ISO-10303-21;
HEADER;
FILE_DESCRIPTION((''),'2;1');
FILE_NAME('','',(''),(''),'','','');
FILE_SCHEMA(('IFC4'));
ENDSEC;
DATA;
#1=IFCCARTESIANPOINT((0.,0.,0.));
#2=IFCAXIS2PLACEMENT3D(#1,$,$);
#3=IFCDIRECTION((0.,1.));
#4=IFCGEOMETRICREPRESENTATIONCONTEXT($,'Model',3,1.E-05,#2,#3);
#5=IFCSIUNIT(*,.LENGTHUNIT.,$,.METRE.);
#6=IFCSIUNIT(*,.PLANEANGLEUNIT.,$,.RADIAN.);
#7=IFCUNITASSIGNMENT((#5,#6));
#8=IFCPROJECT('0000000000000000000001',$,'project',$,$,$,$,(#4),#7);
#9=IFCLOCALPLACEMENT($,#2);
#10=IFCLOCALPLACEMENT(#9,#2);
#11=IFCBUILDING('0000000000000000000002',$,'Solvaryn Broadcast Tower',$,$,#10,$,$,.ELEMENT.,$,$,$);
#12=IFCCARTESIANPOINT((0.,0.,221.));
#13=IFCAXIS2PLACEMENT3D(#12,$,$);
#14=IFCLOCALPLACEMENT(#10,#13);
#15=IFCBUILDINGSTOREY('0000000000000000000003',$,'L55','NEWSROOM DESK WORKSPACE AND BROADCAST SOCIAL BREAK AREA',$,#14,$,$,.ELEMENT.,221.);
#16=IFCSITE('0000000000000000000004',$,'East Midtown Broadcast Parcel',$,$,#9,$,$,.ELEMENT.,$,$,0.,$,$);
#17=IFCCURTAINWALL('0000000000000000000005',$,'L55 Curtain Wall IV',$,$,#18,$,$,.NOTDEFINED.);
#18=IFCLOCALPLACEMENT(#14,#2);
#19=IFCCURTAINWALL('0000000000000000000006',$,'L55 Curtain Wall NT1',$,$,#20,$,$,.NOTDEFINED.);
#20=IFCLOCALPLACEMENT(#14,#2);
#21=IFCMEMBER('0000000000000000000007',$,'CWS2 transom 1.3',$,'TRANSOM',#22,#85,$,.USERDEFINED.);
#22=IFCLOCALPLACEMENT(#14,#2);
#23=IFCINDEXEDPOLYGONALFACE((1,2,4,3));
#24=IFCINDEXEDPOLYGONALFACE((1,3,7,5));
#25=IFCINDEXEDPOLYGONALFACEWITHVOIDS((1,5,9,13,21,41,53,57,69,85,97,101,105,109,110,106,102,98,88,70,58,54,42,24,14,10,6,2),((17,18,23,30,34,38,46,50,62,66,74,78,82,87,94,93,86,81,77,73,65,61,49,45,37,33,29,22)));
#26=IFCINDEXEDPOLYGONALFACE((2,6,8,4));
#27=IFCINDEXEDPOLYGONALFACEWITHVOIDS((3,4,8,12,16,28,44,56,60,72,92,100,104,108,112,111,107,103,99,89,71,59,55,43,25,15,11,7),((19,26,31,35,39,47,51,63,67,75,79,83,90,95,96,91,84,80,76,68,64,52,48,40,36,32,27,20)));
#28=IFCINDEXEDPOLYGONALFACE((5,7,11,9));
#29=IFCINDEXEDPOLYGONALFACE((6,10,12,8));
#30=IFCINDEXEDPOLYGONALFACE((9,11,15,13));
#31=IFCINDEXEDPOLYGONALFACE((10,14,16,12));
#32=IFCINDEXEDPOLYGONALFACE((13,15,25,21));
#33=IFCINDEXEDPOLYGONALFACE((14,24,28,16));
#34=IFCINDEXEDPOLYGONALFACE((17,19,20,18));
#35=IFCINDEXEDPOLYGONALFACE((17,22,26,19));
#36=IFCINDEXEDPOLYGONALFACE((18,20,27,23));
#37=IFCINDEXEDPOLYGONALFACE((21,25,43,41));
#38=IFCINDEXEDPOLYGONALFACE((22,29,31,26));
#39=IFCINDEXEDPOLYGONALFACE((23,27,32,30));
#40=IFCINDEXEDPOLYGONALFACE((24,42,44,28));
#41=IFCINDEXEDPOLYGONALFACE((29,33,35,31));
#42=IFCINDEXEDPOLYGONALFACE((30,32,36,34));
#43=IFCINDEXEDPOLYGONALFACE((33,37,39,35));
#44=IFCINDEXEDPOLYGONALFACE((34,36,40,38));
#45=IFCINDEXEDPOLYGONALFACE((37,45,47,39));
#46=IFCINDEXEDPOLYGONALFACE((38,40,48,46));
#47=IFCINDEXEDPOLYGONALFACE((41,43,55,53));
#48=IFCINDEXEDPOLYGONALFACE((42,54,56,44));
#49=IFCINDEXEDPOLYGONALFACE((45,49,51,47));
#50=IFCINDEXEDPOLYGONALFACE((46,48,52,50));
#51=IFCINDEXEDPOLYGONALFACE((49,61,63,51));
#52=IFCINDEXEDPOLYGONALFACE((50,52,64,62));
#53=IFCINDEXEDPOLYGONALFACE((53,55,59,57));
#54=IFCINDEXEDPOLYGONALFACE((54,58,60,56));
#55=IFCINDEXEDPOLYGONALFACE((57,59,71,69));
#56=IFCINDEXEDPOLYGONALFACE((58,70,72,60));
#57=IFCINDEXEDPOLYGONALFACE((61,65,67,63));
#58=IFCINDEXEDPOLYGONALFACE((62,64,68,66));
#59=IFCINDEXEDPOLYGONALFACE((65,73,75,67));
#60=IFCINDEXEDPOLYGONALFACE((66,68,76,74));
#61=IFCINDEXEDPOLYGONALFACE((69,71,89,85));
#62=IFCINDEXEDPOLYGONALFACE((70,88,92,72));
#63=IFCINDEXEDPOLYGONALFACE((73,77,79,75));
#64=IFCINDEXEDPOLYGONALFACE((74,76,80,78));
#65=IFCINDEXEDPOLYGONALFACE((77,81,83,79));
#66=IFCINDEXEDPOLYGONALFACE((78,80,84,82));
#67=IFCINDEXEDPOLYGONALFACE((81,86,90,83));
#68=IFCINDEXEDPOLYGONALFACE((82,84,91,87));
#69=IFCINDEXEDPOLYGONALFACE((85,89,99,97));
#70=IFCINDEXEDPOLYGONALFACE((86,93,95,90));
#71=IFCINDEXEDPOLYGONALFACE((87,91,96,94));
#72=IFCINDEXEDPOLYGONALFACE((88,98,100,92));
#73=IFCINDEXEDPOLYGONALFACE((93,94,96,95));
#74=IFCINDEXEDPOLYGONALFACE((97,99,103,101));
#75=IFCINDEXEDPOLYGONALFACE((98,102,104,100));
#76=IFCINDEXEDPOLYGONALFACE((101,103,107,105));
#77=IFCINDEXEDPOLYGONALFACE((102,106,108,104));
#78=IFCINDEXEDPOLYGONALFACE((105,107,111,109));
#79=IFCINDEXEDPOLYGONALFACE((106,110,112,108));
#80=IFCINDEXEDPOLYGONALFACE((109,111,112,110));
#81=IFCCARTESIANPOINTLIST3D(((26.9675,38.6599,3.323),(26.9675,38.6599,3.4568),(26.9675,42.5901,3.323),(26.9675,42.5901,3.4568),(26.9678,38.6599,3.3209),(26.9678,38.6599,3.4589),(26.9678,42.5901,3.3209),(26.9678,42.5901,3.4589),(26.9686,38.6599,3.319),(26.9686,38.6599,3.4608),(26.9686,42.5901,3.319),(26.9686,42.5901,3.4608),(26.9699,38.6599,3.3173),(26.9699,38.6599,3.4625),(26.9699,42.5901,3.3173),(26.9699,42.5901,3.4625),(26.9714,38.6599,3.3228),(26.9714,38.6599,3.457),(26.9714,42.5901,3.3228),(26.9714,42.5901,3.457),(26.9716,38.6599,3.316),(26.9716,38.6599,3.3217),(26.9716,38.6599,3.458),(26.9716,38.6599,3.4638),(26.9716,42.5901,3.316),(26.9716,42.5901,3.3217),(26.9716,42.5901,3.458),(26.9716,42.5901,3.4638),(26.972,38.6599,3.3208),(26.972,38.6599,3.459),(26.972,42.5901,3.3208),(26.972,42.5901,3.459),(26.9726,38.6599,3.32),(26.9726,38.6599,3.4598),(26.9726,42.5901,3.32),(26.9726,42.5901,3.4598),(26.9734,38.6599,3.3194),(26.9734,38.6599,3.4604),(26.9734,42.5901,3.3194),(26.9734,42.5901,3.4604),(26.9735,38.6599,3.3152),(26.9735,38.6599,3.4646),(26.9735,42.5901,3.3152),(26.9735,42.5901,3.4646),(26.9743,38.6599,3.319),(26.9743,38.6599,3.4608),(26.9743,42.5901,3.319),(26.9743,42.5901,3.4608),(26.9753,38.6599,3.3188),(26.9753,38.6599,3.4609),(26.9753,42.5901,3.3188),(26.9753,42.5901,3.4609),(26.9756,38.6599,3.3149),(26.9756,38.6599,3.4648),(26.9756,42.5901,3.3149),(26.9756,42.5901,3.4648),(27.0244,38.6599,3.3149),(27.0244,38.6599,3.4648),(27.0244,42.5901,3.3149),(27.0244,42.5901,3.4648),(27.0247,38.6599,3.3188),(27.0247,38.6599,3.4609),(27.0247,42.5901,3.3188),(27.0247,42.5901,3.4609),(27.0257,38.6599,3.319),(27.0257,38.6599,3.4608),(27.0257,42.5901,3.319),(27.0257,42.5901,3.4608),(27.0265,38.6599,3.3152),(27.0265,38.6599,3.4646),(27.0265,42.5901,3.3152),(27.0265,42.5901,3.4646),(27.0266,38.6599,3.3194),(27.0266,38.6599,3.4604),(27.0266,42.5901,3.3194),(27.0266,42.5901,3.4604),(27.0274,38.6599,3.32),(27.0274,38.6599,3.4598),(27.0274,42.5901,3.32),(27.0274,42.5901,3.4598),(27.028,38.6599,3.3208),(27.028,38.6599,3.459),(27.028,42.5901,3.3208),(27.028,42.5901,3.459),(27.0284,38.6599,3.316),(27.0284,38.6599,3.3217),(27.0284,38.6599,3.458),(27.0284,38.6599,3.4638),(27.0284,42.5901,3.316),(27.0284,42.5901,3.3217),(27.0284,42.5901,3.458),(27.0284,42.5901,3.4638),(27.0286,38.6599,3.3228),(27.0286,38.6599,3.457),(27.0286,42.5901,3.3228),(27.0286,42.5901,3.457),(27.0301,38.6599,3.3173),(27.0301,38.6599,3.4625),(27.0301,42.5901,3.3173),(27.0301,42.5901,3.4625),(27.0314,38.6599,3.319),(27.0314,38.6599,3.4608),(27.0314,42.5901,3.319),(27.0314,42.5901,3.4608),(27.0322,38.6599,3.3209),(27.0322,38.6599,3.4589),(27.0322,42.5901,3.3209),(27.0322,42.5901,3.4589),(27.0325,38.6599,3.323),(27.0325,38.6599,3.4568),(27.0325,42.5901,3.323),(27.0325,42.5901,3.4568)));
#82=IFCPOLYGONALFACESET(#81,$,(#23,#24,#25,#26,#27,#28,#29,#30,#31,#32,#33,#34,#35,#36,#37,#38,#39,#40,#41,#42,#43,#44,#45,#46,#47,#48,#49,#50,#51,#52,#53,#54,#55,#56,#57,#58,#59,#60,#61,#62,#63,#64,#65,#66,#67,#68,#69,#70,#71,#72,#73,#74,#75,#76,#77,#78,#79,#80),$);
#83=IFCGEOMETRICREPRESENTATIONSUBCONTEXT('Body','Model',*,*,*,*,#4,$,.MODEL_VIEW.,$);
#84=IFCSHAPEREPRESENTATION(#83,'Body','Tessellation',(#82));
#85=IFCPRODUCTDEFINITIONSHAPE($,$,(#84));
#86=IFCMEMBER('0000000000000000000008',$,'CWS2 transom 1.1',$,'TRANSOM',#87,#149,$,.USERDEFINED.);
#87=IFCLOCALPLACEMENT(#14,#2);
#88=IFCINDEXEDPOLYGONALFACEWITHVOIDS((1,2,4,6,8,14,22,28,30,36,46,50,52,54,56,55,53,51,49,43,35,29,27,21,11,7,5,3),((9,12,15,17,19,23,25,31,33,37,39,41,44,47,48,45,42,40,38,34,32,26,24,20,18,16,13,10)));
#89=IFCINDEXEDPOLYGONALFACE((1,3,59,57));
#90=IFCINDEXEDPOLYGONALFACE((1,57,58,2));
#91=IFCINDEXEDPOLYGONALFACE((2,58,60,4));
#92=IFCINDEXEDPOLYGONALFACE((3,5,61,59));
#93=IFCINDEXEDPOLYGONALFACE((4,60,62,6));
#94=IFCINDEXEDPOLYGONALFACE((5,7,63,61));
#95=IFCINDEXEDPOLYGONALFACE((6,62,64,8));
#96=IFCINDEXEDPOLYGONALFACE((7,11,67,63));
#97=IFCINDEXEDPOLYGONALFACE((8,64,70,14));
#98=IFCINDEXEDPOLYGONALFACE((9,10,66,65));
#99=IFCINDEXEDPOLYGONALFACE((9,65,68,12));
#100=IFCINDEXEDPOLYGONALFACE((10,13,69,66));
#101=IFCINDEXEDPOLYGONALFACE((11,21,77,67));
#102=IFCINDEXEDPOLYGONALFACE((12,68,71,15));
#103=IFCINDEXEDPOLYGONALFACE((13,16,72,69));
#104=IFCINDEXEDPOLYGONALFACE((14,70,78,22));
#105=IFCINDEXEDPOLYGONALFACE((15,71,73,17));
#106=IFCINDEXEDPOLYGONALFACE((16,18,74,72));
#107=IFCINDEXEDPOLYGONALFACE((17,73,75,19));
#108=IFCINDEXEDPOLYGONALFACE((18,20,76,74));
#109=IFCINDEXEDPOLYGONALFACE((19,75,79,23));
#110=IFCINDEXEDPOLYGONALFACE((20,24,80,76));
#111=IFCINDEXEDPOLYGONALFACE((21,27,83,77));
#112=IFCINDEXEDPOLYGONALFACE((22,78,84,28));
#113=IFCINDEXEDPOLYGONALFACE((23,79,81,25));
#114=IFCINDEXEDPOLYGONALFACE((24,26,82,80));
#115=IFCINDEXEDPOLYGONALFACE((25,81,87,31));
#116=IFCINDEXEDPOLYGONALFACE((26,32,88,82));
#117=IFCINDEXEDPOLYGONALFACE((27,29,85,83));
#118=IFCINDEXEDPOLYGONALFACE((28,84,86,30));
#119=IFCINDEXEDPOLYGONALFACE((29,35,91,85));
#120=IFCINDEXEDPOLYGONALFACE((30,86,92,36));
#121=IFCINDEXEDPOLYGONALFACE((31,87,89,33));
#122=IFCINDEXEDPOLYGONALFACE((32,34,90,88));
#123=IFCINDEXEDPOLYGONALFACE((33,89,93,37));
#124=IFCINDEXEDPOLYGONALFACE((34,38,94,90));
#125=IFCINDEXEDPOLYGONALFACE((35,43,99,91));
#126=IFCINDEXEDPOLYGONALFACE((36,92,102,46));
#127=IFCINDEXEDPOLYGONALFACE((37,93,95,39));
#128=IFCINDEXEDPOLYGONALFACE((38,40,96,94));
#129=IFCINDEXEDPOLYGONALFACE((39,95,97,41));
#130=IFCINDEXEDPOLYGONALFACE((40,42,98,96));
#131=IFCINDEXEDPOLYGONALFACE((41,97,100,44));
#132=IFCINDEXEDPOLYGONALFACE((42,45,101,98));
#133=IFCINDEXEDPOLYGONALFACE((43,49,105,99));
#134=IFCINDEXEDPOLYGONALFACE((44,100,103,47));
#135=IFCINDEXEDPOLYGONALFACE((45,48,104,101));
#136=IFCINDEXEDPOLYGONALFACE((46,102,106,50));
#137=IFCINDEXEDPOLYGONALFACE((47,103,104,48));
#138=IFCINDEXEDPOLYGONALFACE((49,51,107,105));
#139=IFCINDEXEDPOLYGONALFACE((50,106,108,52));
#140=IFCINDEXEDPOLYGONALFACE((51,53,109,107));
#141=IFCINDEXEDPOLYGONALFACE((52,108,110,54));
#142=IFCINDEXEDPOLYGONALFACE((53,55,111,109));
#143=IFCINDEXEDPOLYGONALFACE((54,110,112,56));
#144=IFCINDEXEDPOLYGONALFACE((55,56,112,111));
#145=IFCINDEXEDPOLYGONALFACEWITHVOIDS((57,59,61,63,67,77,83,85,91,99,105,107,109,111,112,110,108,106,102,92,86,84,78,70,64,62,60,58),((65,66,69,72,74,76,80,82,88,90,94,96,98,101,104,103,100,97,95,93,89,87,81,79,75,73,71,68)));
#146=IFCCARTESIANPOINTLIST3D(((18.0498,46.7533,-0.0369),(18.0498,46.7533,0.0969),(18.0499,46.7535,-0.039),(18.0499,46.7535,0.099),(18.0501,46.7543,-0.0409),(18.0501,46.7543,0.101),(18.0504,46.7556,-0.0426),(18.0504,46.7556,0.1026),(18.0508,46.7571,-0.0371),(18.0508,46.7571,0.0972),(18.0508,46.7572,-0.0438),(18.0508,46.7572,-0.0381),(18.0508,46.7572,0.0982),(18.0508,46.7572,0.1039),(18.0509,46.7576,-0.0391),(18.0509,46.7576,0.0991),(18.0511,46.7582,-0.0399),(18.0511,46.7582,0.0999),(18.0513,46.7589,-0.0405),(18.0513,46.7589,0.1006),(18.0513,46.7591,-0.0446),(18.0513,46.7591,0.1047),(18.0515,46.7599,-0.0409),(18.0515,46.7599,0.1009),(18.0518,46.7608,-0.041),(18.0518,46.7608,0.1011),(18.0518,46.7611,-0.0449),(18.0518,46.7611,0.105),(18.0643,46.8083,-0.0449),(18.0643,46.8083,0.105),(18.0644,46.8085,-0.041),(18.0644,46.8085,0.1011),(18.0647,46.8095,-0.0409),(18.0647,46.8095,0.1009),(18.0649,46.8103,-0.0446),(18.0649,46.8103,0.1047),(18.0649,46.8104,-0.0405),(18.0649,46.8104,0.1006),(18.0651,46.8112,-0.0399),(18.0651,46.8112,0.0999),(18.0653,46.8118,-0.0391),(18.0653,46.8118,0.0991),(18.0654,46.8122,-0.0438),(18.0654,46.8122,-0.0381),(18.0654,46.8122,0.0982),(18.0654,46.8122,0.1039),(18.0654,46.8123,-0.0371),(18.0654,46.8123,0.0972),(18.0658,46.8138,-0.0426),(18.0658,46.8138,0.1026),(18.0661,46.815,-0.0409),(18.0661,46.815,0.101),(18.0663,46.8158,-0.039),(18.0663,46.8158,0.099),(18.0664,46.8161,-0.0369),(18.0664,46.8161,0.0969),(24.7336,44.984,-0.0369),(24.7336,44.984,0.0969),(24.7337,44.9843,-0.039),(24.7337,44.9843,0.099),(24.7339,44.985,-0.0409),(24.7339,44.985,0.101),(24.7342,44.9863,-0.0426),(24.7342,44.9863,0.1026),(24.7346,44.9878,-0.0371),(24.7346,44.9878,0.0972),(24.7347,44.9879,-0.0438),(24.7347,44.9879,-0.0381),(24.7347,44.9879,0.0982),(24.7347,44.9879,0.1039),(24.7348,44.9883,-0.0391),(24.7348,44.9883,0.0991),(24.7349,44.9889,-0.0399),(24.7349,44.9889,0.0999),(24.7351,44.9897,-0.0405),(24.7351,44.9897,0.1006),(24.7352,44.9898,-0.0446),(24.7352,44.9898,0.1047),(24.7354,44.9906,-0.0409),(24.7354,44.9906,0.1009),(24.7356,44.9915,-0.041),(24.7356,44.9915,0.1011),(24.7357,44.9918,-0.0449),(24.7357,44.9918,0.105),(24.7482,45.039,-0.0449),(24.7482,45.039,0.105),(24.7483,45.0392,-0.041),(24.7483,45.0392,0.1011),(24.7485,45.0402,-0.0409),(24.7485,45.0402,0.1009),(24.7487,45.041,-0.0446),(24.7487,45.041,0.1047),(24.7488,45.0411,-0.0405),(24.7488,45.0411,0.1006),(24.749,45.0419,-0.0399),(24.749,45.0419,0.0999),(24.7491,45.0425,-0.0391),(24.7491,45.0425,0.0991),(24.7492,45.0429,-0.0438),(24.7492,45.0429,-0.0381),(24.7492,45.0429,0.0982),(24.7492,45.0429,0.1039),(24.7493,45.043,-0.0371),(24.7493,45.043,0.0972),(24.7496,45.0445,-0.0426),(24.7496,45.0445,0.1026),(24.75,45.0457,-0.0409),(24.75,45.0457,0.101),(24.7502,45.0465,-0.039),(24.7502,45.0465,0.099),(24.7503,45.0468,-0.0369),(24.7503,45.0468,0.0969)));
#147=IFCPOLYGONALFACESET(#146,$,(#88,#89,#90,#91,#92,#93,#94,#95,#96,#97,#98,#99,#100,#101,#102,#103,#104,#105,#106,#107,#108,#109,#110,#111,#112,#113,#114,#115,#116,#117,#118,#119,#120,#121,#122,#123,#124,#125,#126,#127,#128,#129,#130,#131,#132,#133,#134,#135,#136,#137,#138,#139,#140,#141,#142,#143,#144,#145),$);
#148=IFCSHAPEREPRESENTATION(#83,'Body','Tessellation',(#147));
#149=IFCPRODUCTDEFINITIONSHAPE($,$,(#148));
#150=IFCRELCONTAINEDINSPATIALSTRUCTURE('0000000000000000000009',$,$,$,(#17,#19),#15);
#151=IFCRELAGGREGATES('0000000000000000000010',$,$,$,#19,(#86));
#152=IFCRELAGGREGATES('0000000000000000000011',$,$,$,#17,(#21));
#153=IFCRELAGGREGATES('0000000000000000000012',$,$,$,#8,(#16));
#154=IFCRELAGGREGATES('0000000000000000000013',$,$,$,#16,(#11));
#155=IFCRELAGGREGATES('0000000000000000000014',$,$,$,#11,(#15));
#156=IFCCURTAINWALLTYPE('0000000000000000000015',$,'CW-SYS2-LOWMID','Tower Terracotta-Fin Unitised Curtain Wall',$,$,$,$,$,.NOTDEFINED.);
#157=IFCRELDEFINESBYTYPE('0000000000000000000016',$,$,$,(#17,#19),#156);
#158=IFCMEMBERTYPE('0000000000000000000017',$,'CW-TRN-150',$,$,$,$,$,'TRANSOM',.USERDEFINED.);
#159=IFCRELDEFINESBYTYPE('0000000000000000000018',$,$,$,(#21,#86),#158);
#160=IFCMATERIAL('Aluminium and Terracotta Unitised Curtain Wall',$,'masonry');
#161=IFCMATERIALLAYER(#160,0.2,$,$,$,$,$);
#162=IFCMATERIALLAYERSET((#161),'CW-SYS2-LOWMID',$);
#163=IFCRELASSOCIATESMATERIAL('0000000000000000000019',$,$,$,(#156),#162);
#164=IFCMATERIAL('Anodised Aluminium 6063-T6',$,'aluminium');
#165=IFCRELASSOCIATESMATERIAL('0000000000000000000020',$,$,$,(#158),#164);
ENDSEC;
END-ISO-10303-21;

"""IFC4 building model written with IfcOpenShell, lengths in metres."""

from ifc_helpers import new_model, si_unit, direction, frame, origin, origin_2d, place, context, subcontext, project, spatial, hollow_rectangle, extrude, material, layer, layer_set, material_profile, profile_set, type_object, element, aggregate, save


model = new_model("IFC4")

# Units and contexts
model_context = context("Model", 3, precision=1e-05, world=origin(), true_north=direction((0.0, 1.0)))
body_context = subcontext(model_context, "Body", "Model", "MODEL_VIEW")
ifc_project = project(units=[si_unit("LENGTHUNIT", "METRE"), si_unit("PLANEANGLEUNIT", "RADIAN")], contexts=[model_context])

# Site, building, storey
site_placement = place(None, origin())
site = spatial("IfcSite", under=ifc_project, at=site_placement, Name="East Midtown Broadcast Parcel", CompositionType="ELEMENT", RefElevation=0.0)
building_placement = place(site_placement, origin())
building = spatial("IfcBuilding", under=site, at=building_placement, Name="Solvaryn Broadcast Tower", CompositionType="ELEMENT")
storey_placement = place(building_placement, frame((0.0, 0.0, 221.0)))
storey = spatial("IfcBuildingStorey", under=building, at=storey_placement, Name="L55", Description="NEWSROOM DESK WORKSPACE AND BROADCAST SOCIAL BREAK AREA", CompositionType="ELEMENT", Elevation=221.0)

# Curtain wall
ifc_material_1 = material(Name="Aluminium and Terracotta Unitised Curtain Wall", Category="masonry")
ifc_layer_1 = layer(ifc_material_1, 0.2)
ifc_layer_set_1 = layer_set([ifc_layer_1], Name="CW-SYS2-LOWMID")
curtain_wall_type = type_object("IfcCurtainWallType", Name="CW-SYS2-LOWMID", Description="Tower Terracotta-Fin Unitised Curtain Wall", PredefinedType="NOTDEFINED", material=ifc_layer_set_1)
curtain_wall_1_placement = place(storey_placement, origin())
curtain_wall_1 = element("IfcCurtainWall", 1, at=curtain_wall_1_placement, inside=storey, type_object=curtain_wall_type, Name="L55 Curtain Wall IV", PredefinedType="NOTDEFINED")

# Curtain wall
curtain_wall_2_placement = place(storey_placement, origin())
curtain_wall_2 = element("IfcCurtainWall", 2, at=curtain_wall_2_placement, inside=storey, type_object=curtain_wall_type, Name="L55 Curtain Wall NT1", PredefinedType="NOTDEFINED")

# Members
ifc_material_2 = material(Name="Anodised Aluminium 6063-T6", Category="aluminium")
ifc_material_profile_1 = material_profile(ifc_material_2, hollow_rectangle(XDim=0.0649, YDim=0.1499, WallThickness=0.0039, InnerFilletRadius=0.0039, OuterFilletRadius=0.0081, at=origin_2d()))
ifc_profile_set_1 = profile_set([ifc_material_profile_1], Name="Anodised Aluminium 6063-T6")
member_type_1 = type_object("IfcMemberType", Name="CW-TRN-150", ElementType="TRANSOM", PredefinedType="USERDEFINED", material=ifc_profile_set_1)
member_1_placement = place(storey_placement, frame((27.0, 42.5901, 3.3899), z_axis=(0.0, -1.0, 0.0), x_axis=(1.0, 0.0, 0.0)))
member_1 = element("IfcMember", 3, at=member_1_placement, type_object=member_type_1, Name="CWS2 transom 1.3", ObjectType="TRANSOM", PredefinedType="USERDEFINED", context=body_context, shape_type="SweptSolid", body=[
    extrude(hollow_rectangle(XDim=0.0649, YDim=0.1499, WallThickness=0.0039, InnerFilletRadius=0.0039, OuterFilletRadius=0.0081, at=origin_2d()), origin(), (0.0, 0.0, 1.0), 3.9302),
])
member_2_placement = place(storey_placement, frame((24.7419, 45.0154, 0.03), z_axis=(-0.966704, 0.255897, 0.0), x_axis=(-0.255897, -0.966704, 0.0)))
member_2 = element("IfcMember", 4, at=member_2_placement, type_object=member_type_1, Name="CWS2 transom 1.1", ObjectType="TRANSOM", PredefinedType="USERDEFINED", context=body_context, shape_type="SweptSolid", body=[
    extrude(hollow_rectangle(XDim=0.0649, YDim=0.1499, WallThickness=0.0039, InnerFilletRadius=0.0039, OuterFilletRadius=0.0081, at=origin_2d()), origin(), (0.0, 0.0, 1.0), 6.9141),
])
aggregate(curtain_wall_2, [member_2])

aggregate(curtain_wall_1, [member_1])

save(model, "model.ifc")
